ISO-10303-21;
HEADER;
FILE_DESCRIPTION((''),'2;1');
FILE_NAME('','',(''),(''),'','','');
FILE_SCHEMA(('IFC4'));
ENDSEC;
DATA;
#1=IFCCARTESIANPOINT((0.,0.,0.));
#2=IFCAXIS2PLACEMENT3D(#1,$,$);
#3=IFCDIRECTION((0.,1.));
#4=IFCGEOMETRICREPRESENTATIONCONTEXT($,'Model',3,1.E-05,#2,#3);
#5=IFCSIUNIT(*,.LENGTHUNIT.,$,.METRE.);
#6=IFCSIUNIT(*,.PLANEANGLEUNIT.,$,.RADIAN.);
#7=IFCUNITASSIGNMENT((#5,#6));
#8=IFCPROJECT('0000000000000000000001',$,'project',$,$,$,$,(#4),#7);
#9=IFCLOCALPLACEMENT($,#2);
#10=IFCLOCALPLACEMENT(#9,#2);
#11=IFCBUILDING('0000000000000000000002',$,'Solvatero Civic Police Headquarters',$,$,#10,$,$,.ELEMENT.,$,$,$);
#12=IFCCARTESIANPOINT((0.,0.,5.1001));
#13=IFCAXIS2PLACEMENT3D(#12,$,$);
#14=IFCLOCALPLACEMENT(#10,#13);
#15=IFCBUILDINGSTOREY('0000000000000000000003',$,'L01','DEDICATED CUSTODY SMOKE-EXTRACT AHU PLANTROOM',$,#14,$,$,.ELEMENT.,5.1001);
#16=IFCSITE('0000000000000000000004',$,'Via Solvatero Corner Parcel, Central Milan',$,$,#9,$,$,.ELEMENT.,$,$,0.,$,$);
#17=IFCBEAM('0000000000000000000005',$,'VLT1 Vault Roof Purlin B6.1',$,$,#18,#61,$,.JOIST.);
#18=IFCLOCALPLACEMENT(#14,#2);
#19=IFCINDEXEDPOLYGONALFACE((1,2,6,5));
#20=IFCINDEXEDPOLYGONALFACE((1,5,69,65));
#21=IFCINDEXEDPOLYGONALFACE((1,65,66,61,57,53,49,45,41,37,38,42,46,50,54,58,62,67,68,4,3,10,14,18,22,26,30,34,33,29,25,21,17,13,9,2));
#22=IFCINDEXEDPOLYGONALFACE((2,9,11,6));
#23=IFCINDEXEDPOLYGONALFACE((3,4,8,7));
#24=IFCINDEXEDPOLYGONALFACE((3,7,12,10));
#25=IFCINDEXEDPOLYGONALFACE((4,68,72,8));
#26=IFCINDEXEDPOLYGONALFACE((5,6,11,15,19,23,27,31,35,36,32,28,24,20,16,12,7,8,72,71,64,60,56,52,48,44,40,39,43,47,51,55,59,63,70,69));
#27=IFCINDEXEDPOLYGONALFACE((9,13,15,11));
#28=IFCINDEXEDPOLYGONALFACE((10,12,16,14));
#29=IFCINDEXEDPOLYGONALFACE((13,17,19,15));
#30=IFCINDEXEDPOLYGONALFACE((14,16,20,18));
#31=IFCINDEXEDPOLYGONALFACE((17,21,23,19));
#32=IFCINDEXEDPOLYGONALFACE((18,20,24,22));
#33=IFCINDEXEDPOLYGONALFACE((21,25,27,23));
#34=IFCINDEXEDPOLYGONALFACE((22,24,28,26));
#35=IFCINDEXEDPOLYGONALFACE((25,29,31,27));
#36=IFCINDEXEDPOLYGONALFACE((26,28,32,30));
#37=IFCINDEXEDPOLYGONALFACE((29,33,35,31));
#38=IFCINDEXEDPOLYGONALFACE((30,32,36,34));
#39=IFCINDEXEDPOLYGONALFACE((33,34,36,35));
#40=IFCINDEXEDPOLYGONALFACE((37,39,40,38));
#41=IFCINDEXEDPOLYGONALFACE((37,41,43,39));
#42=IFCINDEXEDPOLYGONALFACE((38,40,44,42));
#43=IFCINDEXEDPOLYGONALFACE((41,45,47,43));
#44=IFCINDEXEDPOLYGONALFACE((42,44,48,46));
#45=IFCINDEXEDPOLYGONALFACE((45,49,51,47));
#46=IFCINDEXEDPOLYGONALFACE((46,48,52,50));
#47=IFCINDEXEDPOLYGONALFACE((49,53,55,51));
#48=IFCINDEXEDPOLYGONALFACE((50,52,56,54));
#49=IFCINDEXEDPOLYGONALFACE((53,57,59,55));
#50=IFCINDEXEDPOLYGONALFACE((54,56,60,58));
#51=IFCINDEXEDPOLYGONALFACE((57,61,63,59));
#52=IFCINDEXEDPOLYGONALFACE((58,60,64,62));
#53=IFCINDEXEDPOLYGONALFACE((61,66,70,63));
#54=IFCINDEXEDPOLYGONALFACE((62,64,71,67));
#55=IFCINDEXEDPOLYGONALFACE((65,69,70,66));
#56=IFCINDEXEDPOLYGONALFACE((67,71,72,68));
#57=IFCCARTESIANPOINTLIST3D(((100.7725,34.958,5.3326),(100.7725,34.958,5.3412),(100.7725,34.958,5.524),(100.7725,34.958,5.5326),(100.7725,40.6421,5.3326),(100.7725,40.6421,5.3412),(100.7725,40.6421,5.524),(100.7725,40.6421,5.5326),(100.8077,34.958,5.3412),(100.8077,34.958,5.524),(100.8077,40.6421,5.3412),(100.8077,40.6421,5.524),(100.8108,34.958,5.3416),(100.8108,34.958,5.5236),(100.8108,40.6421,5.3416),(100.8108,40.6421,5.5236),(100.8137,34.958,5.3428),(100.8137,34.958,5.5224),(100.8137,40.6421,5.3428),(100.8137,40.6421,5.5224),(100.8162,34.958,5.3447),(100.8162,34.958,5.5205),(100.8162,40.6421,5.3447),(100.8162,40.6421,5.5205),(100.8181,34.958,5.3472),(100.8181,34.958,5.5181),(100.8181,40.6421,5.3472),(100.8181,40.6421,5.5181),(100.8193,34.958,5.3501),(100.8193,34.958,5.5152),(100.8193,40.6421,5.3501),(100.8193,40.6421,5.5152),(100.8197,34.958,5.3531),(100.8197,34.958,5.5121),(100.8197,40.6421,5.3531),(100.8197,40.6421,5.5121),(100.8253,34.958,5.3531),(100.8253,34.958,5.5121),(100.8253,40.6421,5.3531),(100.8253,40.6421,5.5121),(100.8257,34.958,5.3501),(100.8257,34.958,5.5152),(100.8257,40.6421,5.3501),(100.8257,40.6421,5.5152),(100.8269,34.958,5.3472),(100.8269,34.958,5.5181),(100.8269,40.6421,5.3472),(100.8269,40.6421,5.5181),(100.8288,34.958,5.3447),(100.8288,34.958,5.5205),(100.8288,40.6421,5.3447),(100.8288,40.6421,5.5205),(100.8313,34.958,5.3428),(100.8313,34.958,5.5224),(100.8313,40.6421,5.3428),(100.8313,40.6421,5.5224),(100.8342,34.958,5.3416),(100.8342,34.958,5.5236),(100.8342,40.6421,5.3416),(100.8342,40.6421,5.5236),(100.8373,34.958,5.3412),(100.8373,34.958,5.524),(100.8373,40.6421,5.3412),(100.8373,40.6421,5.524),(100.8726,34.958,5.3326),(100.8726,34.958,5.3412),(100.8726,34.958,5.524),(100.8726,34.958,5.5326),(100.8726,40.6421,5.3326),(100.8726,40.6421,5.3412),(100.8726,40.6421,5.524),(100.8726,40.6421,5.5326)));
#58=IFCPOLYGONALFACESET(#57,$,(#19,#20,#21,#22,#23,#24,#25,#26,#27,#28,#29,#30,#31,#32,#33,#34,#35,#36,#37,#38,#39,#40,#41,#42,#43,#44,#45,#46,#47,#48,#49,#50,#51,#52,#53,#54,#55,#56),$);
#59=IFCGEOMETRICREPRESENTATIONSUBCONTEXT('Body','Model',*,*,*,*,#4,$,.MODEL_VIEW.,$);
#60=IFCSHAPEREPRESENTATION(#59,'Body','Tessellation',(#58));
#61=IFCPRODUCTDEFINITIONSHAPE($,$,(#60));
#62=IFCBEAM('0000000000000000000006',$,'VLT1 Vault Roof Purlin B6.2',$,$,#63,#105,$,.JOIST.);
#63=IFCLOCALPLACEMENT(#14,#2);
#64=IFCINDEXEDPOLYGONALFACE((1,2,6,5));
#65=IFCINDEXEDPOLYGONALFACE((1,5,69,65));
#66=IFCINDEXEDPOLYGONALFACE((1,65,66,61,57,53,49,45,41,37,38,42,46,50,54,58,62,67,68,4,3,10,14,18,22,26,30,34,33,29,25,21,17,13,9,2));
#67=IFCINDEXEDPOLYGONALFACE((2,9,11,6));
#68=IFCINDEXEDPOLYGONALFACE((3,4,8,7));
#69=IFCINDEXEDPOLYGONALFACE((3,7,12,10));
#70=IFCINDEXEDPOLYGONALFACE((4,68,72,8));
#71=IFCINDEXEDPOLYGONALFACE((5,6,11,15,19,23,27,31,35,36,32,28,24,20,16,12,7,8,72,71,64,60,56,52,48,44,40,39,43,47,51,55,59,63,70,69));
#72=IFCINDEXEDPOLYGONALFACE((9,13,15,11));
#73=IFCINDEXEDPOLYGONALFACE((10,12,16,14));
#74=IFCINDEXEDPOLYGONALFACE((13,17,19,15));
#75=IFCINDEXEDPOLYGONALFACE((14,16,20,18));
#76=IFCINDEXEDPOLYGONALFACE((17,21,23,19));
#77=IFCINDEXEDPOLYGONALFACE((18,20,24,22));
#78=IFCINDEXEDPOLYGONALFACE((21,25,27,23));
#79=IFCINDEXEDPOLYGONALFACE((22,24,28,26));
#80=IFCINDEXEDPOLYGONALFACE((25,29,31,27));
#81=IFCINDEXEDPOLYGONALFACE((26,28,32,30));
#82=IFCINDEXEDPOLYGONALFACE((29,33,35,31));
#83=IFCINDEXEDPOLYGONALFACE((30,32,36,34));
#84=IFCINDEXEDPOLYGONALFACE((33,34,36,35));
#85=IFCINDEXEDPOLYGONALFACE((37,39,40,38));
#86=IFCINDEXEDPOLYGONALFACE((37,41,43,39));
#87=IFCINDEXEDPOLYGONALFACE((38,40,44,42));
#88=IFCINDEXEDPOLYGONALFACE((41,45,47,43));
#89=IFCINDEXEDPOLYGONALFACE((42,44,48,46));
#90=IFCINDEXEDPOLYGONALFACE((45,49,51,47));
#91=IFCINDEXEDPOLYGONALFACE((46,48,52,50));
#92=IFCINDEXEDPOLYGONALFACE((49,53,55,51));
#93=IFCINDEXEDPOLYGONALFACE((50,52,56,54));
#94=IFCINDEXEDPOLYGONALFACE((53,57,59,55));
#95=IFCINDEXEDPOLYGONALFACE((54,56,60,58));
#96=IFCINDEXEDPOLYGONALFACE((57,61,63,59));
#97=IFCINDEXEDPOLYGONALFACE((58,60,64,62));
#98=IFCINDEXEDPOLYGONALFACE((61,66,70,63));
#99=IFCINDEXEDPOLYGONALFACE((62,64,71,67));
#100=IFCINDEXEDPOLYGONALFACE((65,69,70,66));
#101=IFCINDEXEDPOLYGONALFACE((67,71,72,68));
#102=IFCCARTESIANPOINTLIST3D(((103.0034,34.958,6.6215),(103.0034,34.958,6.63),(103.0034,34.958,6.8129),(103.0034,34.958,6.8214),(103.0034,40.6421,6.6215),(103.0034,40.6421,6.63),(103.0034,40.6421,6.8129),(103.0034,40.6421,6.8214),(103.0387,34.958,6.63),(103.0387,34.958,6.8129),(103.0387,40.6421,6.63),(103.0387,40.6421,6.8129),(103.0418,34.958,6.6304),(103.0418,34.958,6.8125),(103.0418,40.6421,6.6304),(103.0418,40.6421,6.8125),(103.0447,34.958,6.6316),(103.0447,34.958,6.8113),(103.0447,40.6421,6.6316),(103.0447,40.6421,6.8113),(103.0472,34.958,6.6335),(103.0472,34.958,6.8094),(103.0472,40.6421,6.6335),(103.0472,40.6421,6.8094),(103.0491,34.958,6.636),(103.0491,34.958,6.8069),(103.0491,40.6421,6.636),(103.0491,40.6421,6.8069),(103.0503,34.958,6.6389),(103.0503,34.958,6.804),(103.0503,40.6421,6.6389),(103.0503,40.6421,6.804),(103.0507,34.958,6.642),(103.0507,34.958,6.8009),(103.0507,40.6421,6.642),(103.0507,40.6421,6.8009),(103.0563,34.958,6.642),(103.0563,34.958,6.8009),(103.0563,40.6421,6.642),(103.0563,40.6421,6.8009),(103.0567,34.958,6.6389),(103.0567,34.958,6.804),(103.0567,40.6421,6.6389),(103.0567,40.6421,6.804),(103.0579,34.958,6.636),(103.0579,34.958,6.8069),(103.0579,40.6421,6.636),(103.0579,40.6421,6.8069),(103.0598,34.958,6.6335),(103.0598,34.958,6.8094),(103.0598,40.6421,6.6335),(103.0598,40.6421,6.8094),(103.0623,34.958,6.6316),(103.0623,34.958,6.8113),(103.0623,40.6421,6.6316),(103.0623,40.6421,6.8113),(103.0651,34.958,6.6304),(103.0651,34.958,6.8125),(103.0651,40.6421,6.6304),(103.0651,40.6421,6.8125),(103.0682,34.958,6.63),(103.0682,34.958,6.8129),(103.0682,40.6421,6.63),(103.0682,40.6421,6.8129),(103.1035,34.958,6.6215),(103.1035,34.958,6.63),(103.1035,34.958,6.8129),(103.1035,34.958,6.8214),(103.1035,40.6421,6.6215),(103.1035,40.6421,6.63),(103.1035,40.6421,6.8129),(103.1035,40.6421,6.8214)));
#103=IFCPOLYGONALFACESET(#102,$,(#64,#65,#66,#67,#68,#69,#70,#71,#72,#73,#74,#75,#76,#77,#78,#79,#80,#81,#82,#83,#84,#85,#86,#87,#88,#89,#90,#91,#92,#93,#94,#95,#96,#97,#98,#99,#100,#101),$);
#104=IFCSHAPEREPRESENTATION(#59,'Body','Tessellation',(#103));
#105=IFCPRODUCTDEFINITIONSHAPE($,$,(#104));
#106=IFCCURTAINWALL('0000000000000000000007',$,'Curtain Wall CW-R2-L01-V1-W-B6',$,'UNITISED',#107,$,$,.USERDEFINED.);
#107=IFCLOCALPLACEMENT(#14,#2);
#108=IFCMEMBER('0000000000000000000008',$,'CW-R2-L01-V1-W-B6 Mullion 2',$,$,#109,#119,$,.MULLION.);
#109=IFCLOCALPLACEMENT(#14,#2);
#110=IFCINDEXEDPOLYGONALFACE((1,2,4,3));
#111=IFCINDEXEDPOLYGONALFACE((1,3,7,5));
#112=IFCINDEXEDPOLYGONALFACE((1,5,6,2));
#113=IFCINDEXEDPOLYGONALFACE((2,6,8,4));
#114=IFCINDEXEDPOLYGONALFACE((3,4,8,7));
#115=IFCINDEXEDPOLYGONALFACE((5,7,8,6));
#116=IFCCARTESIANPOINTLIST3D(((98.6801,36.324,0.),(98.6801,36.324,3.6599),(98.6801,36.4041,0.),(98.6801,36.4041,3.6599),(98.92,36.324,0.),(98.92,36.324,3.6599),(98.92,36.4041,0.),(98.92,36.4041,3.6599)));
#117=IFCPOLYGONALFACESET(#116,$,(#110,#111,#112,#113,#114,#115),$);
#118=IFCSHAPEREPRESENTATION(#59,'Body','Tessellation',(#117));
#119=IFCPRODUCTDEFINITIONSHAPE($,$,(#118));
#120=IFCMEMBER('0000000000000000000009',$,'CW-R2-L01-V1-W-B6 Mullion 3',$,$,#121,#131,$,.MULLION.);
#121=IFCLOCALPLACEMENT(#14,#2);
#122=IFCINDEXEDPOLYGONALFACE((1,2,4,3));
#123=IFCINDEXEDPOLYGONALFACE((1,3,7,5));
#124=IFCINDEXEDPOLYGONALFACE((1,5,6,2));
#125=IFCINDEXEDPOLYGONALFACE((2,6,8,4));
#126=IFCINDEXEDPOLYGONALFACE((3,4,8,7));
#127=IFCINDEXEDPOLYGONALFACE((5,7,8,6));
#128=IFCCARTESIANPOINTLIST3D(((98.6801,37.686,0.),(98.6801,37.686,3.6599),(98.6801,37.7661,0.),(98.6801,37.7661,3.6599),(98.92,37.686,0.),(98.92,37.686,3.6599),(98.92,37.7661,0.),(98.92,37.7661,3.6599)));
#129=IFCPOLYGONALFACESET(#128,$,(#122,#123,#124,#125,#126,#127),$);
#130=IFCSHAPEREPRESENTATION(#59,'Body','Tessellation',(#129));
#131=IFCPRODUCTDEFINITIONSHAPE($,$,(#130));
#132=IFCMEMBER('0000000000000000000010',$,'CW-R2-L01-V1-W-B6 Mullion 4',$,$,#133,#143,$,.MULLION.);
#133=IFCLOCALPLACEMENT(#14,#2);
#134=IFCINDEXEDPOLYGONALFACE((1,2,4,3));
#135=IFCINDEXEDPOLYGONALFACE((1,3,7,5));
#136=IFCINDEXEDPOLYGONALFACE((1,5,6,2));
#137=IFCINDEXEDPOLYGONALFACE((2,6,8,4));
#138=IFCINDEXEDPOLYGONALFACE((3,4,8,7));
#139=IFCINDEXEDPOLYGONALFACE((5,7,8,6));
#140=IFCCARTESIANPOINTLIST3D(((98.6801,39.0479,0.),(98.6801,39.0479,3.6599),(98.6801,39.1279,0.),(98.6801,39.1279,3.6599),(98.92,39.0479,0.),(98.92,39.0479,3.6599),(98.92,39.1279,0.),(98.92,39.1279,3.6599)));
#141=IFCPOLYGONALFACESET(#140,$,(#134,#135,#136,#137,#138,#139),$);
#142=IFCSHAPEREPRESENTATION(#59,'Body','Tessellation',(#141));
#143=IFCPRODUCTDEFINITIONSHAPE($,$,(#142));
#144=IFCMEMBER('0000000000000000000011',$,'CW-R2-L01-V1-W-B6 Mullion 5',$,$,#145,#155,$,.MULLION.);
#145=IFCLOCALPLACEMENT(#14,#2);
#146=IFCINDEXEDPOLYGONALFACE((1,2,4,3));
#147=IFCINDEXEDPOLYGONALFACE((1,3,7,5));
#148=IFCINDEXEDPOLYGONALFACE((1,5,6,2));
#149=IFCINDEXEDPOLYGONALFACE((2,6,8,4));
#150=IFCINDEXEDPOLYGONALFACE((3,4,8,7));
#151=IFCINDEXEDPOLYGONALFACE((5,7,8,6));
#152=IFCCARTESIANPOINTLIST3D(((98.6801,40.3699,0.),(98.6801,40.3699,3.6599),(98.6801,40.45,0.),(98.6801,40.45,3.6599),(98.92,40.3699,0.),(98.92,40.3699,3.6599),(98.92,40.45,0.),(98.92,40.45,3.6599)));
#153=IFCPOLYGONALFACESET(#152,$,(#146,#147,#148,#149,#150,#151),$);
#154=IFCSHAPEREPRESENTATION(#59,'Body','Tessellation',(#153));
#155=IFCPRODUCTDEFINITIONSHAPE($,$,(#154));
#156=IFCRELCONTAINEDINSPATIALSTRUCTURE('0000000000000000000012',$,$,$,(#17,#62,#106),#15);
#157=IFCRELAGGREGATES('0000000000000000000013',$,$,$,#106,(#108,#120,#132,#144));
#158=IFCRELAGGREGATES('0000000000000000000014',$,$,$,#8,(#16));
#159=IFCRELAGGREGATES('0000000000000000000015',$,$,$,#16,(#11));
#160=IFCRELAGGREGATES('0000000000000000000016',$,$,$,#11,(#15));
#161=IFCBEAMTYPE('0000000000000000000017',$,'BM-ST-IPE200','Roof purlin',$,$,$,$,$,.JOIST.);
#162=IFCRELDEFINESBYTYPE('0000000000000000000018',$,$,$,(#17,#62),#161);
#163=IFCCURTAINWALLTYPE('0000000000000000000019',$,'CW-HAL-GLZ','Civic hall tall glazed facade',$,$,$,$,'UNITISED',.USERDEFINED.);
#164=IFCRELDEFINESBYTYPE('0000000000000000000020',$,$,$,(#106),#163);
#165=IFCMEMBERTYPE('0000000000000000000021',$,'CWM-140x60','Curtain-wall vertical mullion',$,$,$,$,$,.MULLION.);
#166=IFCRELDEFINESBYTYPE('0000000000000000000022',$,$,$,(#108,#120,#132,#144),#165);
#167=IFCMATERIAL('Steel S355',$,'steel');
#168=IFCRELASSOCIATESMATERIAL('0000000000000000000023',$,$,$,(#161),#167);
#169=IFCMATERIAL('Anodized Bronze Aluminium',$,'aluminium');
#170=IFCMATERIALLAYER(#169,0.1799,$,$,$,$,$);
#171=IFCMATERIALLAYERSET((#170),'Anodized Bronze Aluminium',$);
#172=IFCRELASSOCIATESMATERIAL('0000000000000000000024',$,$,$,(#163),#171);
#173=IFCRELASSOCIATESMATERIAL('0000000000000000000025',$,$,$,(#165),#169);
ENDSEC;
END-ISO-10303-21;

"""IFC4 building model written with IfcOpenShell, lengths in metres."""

from ifc_helpers import new_model, si_unit, direction, frame, origin, origin_2d, place, context, subcontext, project, spatial, rectangle, i_section, extrude, material, layer, layer_set, material_profile, profile_set, type_object, element, aggregate, save


model = new_model("IFC4")

# Units and contexts
model_context = context("Model", 3, precision=1e-05, world=origin(), true_north=direction((0.0, 1.0)))
body_context = subcontext(model_context, "Body", "Model", "MODEL_VIEW")
ifc_project = project(units=[si_unit("LENGTHUNIT", "METRE"), si_unit("PLANEANGLEUNIT", "RADIAN")], contexts=[model_context])

# Site, building, storey
site_placement = place(None, origin())
site = spatial("IfcSite", under=ifc_project, at=site_placement, Name="Via Solvatero Corner Parcel, Central Milan", CompositionType="ELEMENT", RefElevation=0.0)
building_placement = place(site_placement, origin())
building = spatial("IfcBuilding", under=site, at=building_placement, Name="Solvatero Civic Police Headquarters", CompositionType="ELEMENT")
storey_placement = place(building_placement, frame((0.0, 0.0, 5.1001)))
storey = spatial("IfcBuildingStorey", under=building, at=storey_placement, Name="L01", Description="DEDICATED CUSTODY SMOKE-EXTRACT AHU PLANTROOM", CompositionType="ELEMENT", Elevation=5.1001)

# Shared definitions
ifc_material_1 = material(Name="Steel S355", Category="steel")

# Beams
ifc_material_profile_1 = material_profile(ifc_material_1, i_section(OverallWidth=0.1001, OverallDepth=0.2, WebThickness=0.0056, FlangeThickness=0.0085, FilletRadius=0.012, at=origin_2d()), Name="IPE 200")
ifc_profile_set_1 = profile_set([ifc_material_profile_1], Name="Steel S355")
beam_type_1 = type_object("IfcBeamType", Name="BM-ST-IPE200", Description="Roof purlin", PredefinedType="JOIST", material=ifc_profile_set_1)
for number, where, z_axis, x_axis, name in (
    (1, (100.8225, 34.958, 5.4326), (0.0, 1.0, 0.0), (-1.0, 0.0, 0.0), "VLT1 Vault Roof Purlin B6.1"),
    (2, (103.0535, 34.958, 6.7214), (0.0, 1.0, 0.0), (-1.0, 0.0, 0.0), "VLT1 Vault Roof Purlin B6.2"),
):
    element("IfcBeam", number, at=place(storey_placement, frame(where, z_axis=z_axis, x_axis=x_axis)), inside=storey, type_object=beam_type_1, Name=name, PredefinedType="JOIST", context=body_context, shape_type="SweptSolid", body=[
        extrude(i_section(OverallWidth=0.1001, OverallDepth=0.2, WebThickness=0.0056, FlangeThickness=0.0085, FilletRadius=0.012, at=origin_2d()), origin(), (0.0, 0.0, 1.0), 5.6841),
    ])

# Curtain wall, members
ifc_material_2 = material(Name="Anodized Bronze Aluminium", Category="aluminium")
ifc_layer_1 = layer(ifc_material_2, 0.1799)
ifc_layer_set_1 = layer_set([ifc_layer_1], Name="Anodized Bronze Aluminium")
curtain_wall_type = type_object("IfcCurtainWallType", Name="CW-HAL-GLZ", Description="Civic hall tall glazed facade", ElementType="UNITISED", PredefinedType="USERDEFINED", material=ifc_layer_set_1)
curtain_wall_placement = place(storey_placement, origin())
curtain_wall = element("IfcCurtainWall", 3, at=curtain_wall_placement, inside=storey, type_object=curtain_wall_type, Name="Curtain Wall CW-R2-L01-V1-W-B6", ObjectType="UNITISED", PredefinedType="USERDEFINED")
ifc_material_profile_2 = material_profile(ifc_material_2, rectangle(XDim=0.0801, YDim=0.24, at=origin_2d()), Name="ALU MULLION 80x240")
ifc_profile_set_2 = profile_set([ifc_material_profile_2], Name="Anodized Bronze Aluminium")
member_type_1 = type_object("IfcMemberType", Name="CWM-140x60", Description="Curtain-wall vertical mullion", PredefinedType="MULLION", material=ifc_profile_set_2)
member_1_placement = place(storey_placement, frame((98.8, 36.364, 0.0), z_axis=(0.0, 0.0, 1.0), x_axis=(0.0, 1.0, 0.0)))
member_1 = element("IfcMember", 4, at=member_1_placement, type_object=member_type_1, Name="CW-R2-L01-V1-W-B6 Mullion 2", PredefinedType="MULLION", context=body_context, shape_type="SweptSolid", body=[
    extrude(rectangle(XDim=0.0801, YDim=0.24, at=origin_2d()), origin(), (0.0, 0.0, 1.0), 3.6599),
])
member_2_placement = place(storey_placement, frame((98.8, 37.7261, 0.0), z_axis=(0.0, 0.0, 1.0), x_axis=(0.0, 1.0, 0.0)))
member_2 = element("IfcMember", 5, at=member_2_placement, type_object=member_type_1, Name="CW-R2-L01-V1-W-B6 Mullion 3", PredefinedType="MULLION", context=body_context, shape_type="SweptSolid", body=[
    extrude(rectangle(XDim=0.0801, YDim=0.24, at=origin_2d()), origin(), (0.0, 0.0, 1.0), 3.6599),
])
member_3_placement = place(storey_placement, frame((98.8, 39.0879, 0.0), z_axis=(0.0, 0.0, 1.0), x_axis=(0.0, 1.0, 0.0)))
member_3 = element("IfcMember", 6, at=member_3_placement, type_object=member_type_1, Name="CW-R2-L01-V1-W-B6 Mullion 4", PredefinedType="MULLION", context=body_context, shape_type="SweptSolid", body=[
    extrude(rectangle(XDim=0.0801, YDim=0.24, at=origin_2d()), origin(), (0.0, 0.0, 1.0), 3.6599),
])
member_4_placement = place(storey_placement, frame((98.8, 40.4099, 0.0), z_axis=(0.0, 0.0, 1.0), x_axis=(0.0, 1.0, 0.0)))
member_4 = element("IfcMember", 7, at=member_4_placement, type_object=member_type_1, Name="CW-R2-L01-V1-W-B6 Mullion 5", PredefinedType="MULLION", context=body_context, shape_type="SweptSolid", body=[
    extrude(rectangle(XDim=0.0801, YDim=0.24, at=origin_2d()), origin(), (0.0, 0.0, 1.0), 3.6599),
])

aggregate(curtain_wall, [member_1, member_2, member_3, member_4])

save(model, "model.ifc")
